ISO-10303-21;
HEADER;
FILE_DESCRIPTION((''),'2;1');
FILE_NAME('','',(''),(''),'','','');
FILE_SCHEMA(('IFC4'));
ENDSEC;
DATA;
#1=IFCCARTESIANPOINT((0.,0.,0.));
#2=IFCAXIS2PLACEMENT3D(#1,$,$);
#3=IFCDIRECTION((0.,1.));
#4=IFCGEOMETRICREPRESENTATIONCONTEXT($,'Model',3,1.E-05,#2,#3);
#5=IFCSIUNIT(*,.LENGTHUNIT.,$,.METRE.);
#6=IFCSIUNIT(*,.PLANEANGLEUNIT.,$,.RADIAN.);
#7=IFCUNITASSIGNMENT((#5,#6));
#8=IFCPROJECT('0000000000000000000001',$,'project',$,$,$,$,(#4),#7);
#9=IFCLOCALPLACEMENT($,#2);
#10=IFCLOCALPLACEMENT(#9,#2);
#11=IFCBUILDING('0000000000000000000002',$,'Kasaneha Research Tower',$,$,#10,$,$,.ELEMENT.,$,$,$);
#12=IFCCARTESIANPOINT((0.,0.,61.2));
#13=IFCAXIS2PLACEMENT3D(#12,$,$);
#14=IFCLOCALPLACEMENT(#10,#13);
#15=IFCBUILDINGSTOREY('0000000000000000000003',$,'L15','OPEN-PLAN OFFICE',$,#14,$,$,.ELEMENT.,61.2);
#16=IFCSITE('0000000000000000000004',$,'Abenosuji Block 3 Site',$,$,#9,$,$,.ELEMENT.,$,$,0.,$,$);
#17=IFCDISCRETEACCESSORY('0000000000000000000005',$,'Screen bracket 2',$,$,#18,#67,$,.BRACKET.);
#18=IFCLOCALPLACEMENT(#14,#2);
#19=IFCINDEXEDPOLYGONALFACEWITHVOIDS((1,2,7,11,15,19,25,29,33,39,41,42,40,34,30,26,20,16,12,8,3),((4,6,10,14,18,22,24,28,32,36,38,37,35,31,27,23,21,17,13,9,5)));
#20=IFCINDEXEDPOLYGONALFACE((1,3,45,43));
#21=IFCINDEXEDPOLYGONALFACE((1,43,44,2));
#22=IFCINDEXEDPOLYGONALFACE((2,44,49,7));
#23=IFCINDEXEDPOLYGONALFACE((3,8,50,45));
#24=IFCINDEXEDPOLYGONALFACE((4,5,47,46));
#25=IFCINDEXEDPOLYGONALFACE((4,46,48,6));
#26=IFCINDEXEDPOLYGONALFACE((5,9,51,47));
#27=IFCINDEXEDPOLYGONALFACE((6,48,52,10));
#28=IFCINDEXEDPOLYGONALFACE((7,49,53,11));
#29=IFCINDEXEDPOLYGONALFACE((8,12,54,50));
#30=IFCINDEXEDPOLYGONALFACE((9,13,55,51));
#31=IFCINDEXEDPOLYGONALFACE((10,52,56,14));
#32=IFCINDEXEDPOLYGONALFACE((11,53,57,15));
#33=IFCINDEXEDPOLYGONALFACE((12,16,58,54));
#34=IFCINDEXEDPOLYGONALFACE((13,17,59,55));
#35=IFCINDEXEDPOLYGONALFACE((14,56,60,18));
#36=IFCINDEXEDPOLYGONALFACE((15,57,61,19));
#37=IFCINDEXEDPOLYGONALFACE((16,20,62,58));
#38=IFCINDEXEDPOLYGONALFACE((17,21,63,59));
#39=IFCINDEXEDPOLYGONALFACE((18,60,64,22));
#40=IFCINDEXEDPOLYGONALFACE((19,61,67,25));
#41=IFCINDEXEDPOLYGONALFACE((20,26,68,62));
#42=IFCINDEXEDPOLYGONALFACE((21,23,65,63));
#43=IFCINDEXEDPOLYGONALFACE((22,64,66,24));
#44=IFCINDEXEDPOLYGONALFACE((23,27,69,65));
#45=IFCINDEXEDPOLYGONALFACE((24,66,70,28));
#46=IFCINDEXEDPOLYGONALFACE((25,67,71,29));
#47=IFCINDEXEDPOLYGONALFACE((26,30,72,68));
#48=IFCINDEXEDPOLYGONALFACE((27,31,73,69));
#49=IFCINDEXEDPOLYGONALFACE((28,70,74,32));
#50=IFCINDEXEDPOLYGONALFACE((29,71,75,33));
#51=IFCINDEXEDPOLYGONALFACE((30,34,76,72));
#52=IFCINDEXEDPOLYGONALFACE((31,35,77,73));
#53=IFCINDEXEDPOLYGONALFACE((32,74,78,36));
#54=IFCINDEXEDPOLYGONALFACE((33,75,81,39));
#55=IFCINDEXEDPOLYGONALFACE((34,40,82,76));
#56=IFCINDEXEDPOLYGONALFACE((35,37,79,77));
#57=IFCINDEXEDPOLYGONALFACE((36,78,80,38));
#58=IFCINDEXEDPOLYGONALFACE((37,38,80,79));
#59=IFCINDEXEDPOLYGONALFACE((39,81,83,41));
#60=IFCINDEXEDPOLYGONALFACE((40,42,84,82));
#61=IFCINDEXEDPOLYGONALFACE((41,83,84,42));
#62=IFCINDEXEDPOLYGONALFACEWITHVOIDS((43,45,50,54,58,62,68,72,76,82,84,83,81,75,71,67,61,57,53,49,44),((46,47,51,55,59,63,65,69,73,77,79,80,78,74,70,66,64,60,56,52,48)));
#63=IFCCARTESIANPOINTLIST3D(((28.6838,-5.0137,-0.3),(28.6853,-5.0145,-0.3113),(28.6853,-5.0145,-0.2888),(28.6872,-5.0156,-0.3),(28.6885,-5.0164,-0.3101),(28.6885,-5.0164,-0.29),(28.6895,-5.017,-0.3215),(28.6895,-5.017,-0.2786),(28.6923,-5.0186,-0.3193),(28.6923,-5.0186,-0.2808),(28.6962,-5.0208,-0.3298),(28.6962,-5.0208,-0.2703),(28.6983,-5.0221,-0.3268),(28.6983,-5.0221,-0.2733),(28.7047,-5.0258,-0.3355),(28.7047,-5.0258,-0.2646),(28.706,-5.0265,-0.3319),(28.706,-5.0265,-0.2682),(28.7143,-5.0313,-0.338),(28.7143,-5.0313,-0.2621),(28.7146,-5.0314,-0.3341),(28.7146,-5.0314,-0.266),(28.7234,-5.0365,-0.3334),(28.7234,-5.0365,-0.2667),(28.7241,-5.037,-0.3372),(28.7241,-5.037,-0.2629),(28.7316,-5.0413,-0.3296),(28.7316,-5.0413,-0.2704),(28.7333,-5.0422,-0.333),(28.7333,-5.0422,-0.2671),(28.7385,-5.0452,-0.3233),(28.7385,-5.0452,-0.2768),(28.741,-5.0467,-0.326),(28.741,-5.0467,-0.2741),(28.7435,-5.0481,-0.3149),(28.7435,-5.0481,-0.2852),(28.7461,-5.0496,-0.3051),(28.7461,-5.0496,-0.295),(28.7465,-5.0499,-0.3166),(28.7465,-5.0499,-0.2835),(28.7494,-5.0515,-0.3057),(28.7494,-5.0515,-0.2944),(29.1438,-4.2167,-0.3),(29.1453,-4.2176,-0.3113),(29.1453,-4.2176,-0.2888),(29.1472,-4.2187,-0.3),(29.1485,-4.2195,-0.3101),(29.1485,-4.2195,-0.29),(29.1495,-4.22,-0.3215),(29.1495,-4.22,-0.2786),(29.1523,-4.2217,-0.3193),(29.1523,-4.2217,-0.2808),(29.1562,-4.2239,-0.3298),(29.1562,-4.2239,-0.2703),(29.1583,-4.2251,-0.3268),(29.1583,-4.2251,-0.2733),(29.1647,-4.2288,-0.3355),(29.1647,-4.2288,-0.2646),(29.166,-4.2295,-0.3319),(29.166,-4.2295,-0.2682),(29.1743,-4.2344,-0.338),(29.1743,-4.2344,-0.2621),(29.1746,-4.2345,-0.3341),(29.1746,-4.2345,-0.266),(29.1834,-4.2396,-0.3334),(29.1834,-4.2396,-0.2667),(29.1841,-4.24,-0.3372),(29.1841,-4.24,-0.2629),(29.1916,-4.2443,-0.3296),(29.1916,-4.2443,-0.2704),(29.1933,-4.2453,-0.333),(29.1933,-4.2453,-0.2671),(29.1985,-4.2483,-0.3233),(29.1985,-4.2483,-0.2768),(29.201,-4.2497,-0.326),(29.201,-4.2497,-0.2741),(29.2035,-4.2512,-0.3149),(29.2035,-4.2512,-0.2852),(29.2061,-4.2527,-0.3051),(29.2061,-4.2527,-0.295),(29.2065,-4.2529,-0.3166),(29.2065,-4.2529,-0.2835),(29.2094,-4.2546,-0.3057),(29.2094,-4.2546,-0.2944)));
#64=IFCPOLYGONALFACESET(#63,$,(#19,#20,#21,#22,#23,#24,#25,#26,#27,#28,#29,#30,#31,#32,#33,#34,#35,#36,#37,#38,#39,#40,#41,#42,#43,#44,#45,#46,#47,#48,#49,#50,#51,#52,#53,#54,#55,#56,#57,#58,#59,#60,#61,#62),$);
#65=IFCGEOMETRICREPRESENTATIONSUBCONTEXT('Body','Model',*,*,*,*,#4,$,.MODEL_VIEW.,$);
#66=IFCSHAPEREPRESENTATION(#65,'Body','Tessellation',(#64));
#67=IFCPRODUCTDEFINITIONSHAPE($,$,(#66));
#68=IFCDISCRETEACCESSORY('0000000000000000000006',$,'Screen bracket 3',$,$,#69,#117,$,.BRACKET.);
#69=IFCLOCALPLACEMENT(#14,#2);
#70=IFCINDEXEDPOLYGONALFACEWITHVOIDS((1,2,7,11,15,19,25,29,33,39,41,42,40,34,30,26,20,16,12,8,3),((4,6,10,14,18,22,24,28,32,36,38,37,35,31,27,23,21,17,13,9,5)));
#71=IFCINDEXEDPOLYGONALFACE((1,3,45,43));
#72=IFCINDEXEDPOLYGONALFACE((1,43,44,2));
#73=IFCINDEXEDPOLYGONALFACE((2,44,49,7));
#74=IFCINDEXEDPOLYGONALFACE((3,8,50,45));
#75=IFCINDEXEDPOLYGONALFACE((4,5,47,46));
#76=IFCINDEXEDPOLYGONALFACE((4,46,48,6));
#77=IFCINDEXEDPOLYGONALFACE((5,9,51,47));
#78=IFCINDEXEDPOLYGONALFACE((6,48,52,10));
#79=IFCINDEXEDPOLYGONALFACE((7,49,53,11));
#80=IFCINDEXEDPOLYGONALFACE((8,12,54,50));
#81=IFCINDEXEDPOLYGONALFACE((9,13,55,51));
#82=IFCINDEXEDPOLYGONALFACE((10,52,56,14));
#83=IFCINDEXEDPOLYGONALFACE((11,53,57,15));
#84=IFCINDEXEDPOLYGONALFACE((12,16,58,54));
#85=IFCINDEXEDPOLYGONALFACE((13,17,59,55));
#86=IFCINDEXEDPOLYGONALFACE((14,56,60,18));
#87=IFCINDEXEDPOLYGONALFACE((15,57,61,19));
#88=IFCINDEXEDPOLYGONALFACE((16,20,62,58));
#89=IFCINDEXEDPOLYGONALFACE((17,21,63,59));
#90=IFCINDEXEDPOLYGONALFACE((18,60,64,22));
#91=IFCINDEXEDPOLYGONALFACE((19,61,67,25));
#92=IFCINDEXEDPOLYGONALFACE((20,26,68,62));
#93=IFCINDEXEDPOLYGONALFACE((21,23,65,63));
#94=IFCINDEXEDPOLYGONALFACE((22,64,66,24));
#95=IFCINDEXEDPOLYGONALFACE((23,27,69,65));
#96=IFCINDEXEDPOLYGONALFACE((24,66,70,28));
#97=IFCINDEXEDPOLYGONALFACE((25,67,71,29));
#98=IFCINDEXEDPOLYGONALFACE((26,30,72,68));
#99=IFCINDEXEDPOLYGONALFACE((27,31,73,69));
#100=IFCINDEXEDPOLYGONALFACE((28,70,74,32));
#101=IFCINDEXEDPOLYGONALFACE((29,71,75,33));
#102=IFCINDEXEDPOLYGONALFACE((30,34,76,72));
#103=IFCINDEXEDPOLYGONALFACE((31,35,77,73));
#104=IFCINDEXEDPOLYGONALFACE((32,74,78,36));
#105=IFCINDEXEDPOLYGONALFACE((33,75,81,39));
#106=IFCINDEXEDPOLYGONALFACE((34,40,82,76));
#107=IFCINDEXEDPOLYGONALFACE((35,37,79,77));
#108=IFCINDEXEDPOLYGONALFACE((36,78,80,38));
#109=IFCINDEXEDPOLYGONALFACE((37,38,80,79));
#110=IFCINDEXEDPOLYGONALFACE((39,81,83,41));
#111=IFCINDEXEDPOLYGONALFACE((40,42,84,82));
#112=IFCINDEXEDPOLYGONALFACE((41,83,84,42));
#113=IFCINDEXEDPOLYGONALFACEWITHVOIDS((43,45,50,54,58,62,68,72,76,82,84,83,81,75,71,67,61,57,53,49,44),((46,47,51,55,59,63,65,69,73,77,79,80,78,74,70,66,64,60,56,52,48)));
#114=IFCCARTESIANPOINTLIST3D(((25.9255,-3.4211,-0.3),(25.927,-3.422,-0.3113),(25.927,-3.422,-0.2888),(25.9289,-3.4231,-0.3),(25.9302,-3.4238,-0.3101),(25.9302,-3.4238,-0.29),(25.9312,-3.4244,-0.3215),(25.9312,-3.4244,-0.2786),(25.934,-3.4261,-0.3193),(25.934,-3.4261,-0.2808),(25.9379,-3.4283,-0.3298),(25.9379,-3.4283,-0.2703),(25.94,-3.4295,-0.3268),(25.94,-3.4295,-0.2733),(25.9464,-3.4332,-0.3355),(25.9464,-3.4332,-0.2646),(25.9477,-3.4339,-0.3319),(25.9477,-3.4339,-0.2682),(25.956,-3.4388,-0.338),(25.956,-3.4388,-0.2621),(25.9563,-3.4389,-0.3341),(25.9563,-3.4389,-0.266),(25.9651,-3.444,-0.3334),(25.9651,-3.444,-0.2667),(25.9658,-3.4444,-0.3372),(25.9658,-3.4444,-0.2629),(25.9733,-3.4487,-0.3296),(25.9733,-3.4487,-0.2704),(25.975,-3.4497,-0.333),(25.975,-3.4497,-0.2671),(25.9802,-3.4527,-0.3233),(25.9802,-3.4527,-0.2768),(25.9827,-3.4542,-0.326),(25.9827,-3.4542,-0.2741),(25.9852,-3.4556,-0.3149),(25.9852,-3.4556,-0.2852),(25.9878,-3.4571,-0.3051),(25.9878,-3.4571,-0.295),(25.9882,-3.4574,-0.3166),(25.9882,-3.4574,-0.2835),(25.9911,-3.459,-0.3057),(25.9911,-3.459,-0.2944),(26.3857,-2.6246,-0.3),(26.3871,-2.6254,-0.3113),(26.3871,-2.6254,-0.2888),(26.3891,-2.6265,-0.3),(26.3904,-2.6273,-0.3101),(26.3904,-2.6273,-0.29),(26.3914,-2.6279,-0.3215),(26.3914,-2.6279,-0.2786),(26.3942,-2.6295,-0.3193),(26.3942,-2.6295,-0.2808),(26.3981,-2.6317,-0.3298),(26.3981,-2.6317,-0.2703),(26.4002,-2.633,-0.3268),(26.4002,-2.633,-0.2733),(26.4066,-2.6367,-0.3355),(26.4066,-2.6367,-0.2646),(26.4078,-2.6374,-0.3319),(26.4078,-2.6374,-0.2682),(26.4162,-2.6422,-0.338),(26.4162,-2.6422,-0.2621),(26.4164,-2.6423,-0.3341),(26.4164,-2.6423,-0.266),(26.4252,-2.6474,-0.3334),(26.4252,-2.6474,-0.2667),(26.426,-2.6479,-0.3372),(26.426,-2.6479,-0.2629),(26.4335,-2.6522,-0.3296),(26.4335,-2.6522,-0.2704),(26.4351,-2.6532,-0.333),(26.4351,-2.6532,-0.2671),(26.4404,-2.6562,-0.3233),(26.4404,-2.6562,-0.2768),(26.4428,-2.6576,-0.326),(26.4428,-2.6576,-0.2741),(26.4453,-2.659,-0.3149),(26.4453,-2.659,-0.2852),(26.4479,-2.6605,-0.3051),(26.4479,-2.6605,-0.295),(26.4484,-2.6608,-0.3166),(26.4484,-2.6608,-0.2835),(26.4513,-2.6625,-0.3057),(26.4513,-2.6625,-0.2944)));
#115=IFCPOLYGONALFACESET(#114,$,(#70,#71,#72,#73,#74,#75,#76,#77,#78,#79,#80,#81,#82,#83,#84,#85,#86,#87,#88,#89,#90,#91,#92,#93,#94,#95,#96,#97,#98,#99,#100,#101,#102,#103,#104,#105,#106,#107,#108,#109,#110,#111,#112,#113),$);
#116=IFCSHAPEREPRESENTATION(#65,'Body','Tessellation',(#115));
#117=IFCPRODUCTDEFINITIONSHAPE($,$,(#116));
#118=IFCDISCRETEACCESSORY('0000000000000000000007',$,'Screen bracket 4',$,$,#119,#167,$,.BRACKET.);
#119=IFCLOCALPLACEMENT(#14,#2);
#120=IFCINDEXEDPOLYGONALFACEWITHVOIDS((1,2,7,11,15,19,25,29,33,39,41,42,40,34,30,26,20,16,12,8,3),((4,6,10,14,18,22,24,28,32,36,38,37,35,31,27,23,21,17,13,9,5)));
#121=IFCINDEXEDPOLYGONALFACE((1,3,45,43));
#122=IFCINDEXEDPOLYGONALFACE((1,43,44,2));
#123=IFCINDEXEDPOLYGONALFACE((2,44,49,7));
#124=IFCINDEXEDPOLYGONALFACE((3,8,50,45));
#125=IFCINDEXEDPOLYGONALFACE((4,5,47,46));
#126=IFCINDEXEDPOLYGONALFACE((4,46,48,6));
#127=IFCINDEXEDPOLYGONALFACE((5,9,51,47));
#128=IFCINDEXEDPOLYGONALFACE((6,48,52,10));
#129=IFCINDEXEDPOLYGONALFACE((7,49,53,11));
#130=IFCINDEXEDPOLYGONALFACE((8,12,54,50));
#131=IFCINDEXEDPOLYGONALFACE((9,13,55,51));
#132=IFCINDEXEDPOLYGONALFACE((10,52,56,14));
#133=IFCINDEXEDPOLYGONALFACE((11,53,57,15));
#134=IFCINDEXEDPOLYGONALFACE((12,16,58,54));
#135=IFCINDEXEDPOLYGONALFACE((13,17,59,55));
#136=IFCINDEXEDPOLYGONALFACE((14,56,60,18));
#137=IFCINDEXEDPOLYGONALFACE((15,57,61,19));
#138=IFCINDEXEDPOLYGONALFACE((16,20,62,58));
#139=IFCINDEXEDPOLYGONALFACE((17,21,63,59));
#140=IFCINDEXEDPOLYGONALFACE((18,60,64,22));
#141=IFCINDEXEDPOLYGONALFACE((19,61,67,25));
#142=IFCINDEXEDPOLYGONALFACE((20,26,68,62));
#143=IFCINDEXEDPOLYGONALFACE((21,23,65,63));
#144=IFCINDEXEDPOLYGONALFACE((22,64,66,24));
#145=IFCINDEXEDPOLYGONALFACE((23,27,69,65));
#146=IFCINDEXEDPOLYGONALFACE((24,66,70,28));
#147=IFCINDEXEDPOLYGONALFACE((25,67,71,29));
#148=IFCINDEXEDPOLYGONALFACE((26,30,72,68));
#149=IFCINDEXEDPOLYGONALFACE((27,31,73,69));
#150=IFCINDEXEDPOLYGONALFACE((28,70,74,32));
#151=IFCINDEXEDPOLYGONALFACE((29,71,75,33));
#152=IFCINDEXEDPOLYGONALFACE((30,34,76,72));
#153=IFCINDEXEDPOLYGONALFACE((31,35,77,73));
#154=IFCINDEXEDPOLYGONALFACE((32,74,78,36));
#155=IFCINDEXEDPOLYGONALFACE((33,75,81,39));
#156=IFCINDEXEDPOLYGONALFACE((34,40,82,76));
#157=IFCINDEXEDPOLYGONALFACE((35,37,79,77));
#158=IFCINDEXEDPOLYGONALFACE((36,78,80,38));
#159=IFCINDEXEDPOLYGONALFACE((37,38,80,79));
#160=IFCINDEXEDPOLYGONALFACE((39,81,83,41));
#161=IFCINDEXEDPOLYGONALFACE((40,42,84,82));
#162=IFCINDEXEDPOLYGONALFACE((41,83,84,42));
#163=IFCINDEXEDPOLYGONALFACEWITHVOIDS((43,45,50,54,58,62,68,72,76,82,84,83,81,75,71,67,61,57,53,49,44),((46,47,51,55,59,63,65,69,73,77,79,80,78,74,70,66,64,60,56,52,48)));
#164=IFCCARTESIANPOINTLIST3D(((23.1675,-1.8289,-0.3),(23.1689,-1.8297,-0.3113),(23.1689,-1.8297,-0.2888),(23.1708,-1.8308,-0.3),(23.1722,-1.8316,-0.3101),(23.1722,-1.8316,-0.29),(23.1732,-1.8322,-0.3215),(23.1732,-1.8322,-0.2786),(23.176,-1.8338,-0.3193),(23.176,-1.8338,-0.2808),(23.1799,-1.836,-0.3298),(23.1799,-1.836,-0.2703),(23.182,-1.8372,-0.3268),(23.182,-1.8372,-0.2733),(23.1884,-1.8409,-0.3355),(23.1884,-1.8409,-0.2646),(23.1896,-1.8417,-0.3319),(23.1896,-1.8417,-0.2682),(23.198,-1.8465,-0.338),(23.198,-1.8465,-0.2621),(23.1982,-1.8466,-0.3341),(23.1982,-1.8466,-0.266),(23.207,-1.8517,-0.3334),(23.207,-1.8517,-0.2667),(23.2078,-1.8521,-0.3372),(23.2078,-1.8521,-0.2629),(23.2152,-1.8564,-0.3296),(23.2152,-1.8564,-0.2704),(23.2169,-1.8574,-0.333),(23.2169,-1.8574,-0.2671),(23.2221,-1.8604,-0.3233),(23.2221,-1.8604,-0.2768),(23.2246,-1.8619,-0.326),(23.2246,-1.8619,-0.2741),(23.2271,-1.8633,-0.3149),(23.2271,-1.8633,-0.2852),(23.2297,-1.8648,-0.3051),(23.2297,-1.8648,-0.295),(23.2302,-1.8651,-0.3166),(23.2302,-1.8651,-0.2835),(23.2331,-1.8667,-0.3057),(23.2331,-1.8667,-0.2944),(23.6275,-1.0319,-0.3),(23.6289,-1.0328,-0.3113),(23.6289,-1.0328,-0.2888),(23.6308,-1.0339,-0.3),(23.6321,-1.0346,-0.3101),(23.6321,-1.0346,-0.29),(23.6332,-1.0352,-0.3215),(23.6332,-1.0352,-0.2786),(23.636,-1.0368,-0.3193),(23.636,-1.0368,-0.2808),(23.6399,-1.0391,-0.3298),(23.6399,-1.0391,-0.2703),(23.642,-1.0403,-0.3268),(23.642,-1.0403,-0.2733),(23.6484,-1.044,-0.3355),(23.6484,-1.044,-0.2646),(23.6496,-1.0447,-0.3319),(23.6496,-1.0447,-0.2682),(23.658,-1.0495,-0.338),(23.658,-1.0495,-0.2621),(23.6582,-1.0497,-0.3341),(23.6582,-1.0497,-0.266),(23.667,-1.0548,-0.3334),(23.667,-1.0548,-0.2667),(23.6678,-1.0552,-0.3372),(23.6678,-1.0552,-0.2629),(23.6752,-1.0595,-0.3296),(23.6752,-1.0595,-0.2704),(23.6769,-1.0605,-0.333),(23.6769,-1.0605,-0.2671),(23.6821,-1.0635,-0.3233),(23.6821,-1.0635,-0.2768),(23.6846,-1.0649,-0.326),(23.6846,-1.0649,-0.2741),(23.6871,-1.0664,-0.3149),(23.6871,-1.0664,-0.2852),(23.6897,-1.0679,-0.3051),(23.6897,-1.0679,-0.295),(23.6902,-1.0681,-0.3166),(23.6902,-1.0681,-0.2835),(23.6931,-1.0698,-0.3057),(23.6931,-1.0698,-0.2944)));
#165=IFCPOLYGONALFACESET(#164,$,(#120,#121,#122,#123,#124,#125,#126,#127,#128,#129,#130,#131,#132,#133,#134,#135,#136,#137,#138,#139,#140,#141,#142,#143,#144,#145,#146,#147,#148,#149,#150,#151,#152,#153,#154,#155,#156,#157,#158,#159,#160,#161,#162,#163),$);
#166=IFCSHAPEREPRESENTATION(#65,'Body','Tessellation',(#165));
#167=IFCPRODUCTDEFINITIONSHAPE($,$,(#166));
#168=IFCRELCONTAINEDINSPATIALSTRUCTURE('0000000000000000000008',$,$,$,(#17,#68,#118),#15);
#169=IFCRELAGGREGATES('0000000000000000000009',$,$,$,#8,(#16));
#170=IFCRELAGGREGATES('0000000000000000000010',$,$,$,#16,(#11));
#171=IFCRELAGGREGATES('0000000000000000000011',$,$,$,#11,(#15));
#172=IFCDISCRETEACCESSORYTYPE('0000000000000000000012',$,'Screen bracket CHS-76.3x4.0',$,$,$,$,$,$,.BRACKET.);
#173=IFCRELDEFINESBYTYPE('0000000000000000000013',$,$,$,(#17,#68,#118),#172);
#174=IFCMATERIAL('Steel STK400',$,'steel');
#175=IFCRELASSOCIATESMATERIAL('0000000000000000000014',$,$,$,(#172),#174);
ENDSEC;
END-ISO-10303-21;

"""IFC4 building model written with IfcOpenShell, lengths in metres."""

from ifc_helpers import new_model, si_unit, direction, frame, origin, origin_2d, place, context, subcontext, project, spatial, hollow_circle, extrude, material, material_profile, profile_set, type_object, element, save


model = new_model("IFC4")

# Units and contexts
model_context = context("Model", 3, precision=1e-05, world=origin(), true_north=direction((0.0, 1.0)))
body_context = subcontext(model_context, "Body", "Model", "MODEL_VIEW")
ifc_project = project(units=[si_unit("LENGTHUNIT", "METRE"), si_unit("PLANEANGLEUNIT", "RADIAN")], contexts=[model_context])

# Site, building, storey
site_placement = place(None, origin())
site = spatial("IfcSite", under=ifc_project, at=site_placement, Name="Abenosuji Block 3 Site", CompositionType="ELEMENT", RefElevation=0.0)
building_placement = place(site_placement, origin())
building = spatial("IfcBuilding", under=site, at=building_placement, Name="Kasaneha Research Tower", CompositionType="ELEMENT")
storey_placement = place(building_placement, frame((0.0, 0.0, 61.2)))
storey = spatial("IfcBuildingStorey", under=building, at=storey_placement, Name="L15", Description="OPEN-PLAN OFFICE", CompositionType="ELEMENT", Elevation=61.2)

# Discrete accessories
ifc_material_1 = material(Name="Steel STK400", Category="steel")
ifc_material_profile_1 = material_profile(ifc_material_1, hollow_circle(Radius=0.0381, WallThickness=0.0039, at=origin_2d()), Name="CHS-76.3x4.0")
ifc_profile_set_1 = profile_set([ifc_material_profile_1], Name="Steel STK400")
discrete_accessory_type = type_object("IfcDiscreteAccessoryType", Name="Screen bracket CHS-76.3x4.0", PredefinedType="BRACKET", material=ifc_profile_set_1)
discrete_accessory_1_placement = place(storey_placement, frame((28.7168, -5.0327, -0.3), z_axis=(0.499906, 0.86608, 0.0), x_axis=(-0.86608, 0.499906, 0.0)))
element("IfcDiscreteAccessory", 1, at=discrete_accessory_1_placement, inside=storey, type_object=discrete_accessory_type, Name="Screen bracket 2", PredefinedType="BRACKET", context=body_context, shape_type="SweptSolid", body=[
    extrude(hollow_circle(Radius=0.0381, WallThickness=0.0039, at=origin_2d()), origin(), (0.0, 0.0, 1.0), 0.9202),
])
discrete_accessory_2_placement = place(storey_placement, frame((25.9585, -3.4402, -0.3), z_axis=(0.50022, 0.865898, 0.0), x_axis=(-0.865898, 0.50022, 0.0)))
element("IfcDiscreteAccessory", 2, at=discrete_accessory_2_placement, inside=storey, type_object=discrete_accessory_type, Name="Screen bracket 3", PredefinedType="BRACKET", context=body_context, shape_type="SweptSolid", body=[
    extrude(hollow_circle(Radius=0.0381, WallThickness=0.0039, at=origin_2d()), origin(), (0.0, 0.0, 1.0), 0.9199),
])
discrete_accessory_3_placement = place(storey_placement, frame((23.2004, -1.8479, -0.3), z_axis=(0.499906, 0.86608, 0.0), x_axis=(-0.86608, 0.499906, 0.0)))
element("IfcDiscreteAccessory", 3, at=discrete_accessory_3_placement, inside=storey, type_object=discrete_accessory_type, Name="Screen bracket 4", PredefinedType="BRACKET", context=body_context, shape_type="SweptSolid", body=[
    extrude(hollow_circle(Radius=0.0381, WallThickness=0.0039, at=origin_2d()), origin(), (0.0, 0.0, 1.0), 0.9202),
])

save(model, "model.ifc")
